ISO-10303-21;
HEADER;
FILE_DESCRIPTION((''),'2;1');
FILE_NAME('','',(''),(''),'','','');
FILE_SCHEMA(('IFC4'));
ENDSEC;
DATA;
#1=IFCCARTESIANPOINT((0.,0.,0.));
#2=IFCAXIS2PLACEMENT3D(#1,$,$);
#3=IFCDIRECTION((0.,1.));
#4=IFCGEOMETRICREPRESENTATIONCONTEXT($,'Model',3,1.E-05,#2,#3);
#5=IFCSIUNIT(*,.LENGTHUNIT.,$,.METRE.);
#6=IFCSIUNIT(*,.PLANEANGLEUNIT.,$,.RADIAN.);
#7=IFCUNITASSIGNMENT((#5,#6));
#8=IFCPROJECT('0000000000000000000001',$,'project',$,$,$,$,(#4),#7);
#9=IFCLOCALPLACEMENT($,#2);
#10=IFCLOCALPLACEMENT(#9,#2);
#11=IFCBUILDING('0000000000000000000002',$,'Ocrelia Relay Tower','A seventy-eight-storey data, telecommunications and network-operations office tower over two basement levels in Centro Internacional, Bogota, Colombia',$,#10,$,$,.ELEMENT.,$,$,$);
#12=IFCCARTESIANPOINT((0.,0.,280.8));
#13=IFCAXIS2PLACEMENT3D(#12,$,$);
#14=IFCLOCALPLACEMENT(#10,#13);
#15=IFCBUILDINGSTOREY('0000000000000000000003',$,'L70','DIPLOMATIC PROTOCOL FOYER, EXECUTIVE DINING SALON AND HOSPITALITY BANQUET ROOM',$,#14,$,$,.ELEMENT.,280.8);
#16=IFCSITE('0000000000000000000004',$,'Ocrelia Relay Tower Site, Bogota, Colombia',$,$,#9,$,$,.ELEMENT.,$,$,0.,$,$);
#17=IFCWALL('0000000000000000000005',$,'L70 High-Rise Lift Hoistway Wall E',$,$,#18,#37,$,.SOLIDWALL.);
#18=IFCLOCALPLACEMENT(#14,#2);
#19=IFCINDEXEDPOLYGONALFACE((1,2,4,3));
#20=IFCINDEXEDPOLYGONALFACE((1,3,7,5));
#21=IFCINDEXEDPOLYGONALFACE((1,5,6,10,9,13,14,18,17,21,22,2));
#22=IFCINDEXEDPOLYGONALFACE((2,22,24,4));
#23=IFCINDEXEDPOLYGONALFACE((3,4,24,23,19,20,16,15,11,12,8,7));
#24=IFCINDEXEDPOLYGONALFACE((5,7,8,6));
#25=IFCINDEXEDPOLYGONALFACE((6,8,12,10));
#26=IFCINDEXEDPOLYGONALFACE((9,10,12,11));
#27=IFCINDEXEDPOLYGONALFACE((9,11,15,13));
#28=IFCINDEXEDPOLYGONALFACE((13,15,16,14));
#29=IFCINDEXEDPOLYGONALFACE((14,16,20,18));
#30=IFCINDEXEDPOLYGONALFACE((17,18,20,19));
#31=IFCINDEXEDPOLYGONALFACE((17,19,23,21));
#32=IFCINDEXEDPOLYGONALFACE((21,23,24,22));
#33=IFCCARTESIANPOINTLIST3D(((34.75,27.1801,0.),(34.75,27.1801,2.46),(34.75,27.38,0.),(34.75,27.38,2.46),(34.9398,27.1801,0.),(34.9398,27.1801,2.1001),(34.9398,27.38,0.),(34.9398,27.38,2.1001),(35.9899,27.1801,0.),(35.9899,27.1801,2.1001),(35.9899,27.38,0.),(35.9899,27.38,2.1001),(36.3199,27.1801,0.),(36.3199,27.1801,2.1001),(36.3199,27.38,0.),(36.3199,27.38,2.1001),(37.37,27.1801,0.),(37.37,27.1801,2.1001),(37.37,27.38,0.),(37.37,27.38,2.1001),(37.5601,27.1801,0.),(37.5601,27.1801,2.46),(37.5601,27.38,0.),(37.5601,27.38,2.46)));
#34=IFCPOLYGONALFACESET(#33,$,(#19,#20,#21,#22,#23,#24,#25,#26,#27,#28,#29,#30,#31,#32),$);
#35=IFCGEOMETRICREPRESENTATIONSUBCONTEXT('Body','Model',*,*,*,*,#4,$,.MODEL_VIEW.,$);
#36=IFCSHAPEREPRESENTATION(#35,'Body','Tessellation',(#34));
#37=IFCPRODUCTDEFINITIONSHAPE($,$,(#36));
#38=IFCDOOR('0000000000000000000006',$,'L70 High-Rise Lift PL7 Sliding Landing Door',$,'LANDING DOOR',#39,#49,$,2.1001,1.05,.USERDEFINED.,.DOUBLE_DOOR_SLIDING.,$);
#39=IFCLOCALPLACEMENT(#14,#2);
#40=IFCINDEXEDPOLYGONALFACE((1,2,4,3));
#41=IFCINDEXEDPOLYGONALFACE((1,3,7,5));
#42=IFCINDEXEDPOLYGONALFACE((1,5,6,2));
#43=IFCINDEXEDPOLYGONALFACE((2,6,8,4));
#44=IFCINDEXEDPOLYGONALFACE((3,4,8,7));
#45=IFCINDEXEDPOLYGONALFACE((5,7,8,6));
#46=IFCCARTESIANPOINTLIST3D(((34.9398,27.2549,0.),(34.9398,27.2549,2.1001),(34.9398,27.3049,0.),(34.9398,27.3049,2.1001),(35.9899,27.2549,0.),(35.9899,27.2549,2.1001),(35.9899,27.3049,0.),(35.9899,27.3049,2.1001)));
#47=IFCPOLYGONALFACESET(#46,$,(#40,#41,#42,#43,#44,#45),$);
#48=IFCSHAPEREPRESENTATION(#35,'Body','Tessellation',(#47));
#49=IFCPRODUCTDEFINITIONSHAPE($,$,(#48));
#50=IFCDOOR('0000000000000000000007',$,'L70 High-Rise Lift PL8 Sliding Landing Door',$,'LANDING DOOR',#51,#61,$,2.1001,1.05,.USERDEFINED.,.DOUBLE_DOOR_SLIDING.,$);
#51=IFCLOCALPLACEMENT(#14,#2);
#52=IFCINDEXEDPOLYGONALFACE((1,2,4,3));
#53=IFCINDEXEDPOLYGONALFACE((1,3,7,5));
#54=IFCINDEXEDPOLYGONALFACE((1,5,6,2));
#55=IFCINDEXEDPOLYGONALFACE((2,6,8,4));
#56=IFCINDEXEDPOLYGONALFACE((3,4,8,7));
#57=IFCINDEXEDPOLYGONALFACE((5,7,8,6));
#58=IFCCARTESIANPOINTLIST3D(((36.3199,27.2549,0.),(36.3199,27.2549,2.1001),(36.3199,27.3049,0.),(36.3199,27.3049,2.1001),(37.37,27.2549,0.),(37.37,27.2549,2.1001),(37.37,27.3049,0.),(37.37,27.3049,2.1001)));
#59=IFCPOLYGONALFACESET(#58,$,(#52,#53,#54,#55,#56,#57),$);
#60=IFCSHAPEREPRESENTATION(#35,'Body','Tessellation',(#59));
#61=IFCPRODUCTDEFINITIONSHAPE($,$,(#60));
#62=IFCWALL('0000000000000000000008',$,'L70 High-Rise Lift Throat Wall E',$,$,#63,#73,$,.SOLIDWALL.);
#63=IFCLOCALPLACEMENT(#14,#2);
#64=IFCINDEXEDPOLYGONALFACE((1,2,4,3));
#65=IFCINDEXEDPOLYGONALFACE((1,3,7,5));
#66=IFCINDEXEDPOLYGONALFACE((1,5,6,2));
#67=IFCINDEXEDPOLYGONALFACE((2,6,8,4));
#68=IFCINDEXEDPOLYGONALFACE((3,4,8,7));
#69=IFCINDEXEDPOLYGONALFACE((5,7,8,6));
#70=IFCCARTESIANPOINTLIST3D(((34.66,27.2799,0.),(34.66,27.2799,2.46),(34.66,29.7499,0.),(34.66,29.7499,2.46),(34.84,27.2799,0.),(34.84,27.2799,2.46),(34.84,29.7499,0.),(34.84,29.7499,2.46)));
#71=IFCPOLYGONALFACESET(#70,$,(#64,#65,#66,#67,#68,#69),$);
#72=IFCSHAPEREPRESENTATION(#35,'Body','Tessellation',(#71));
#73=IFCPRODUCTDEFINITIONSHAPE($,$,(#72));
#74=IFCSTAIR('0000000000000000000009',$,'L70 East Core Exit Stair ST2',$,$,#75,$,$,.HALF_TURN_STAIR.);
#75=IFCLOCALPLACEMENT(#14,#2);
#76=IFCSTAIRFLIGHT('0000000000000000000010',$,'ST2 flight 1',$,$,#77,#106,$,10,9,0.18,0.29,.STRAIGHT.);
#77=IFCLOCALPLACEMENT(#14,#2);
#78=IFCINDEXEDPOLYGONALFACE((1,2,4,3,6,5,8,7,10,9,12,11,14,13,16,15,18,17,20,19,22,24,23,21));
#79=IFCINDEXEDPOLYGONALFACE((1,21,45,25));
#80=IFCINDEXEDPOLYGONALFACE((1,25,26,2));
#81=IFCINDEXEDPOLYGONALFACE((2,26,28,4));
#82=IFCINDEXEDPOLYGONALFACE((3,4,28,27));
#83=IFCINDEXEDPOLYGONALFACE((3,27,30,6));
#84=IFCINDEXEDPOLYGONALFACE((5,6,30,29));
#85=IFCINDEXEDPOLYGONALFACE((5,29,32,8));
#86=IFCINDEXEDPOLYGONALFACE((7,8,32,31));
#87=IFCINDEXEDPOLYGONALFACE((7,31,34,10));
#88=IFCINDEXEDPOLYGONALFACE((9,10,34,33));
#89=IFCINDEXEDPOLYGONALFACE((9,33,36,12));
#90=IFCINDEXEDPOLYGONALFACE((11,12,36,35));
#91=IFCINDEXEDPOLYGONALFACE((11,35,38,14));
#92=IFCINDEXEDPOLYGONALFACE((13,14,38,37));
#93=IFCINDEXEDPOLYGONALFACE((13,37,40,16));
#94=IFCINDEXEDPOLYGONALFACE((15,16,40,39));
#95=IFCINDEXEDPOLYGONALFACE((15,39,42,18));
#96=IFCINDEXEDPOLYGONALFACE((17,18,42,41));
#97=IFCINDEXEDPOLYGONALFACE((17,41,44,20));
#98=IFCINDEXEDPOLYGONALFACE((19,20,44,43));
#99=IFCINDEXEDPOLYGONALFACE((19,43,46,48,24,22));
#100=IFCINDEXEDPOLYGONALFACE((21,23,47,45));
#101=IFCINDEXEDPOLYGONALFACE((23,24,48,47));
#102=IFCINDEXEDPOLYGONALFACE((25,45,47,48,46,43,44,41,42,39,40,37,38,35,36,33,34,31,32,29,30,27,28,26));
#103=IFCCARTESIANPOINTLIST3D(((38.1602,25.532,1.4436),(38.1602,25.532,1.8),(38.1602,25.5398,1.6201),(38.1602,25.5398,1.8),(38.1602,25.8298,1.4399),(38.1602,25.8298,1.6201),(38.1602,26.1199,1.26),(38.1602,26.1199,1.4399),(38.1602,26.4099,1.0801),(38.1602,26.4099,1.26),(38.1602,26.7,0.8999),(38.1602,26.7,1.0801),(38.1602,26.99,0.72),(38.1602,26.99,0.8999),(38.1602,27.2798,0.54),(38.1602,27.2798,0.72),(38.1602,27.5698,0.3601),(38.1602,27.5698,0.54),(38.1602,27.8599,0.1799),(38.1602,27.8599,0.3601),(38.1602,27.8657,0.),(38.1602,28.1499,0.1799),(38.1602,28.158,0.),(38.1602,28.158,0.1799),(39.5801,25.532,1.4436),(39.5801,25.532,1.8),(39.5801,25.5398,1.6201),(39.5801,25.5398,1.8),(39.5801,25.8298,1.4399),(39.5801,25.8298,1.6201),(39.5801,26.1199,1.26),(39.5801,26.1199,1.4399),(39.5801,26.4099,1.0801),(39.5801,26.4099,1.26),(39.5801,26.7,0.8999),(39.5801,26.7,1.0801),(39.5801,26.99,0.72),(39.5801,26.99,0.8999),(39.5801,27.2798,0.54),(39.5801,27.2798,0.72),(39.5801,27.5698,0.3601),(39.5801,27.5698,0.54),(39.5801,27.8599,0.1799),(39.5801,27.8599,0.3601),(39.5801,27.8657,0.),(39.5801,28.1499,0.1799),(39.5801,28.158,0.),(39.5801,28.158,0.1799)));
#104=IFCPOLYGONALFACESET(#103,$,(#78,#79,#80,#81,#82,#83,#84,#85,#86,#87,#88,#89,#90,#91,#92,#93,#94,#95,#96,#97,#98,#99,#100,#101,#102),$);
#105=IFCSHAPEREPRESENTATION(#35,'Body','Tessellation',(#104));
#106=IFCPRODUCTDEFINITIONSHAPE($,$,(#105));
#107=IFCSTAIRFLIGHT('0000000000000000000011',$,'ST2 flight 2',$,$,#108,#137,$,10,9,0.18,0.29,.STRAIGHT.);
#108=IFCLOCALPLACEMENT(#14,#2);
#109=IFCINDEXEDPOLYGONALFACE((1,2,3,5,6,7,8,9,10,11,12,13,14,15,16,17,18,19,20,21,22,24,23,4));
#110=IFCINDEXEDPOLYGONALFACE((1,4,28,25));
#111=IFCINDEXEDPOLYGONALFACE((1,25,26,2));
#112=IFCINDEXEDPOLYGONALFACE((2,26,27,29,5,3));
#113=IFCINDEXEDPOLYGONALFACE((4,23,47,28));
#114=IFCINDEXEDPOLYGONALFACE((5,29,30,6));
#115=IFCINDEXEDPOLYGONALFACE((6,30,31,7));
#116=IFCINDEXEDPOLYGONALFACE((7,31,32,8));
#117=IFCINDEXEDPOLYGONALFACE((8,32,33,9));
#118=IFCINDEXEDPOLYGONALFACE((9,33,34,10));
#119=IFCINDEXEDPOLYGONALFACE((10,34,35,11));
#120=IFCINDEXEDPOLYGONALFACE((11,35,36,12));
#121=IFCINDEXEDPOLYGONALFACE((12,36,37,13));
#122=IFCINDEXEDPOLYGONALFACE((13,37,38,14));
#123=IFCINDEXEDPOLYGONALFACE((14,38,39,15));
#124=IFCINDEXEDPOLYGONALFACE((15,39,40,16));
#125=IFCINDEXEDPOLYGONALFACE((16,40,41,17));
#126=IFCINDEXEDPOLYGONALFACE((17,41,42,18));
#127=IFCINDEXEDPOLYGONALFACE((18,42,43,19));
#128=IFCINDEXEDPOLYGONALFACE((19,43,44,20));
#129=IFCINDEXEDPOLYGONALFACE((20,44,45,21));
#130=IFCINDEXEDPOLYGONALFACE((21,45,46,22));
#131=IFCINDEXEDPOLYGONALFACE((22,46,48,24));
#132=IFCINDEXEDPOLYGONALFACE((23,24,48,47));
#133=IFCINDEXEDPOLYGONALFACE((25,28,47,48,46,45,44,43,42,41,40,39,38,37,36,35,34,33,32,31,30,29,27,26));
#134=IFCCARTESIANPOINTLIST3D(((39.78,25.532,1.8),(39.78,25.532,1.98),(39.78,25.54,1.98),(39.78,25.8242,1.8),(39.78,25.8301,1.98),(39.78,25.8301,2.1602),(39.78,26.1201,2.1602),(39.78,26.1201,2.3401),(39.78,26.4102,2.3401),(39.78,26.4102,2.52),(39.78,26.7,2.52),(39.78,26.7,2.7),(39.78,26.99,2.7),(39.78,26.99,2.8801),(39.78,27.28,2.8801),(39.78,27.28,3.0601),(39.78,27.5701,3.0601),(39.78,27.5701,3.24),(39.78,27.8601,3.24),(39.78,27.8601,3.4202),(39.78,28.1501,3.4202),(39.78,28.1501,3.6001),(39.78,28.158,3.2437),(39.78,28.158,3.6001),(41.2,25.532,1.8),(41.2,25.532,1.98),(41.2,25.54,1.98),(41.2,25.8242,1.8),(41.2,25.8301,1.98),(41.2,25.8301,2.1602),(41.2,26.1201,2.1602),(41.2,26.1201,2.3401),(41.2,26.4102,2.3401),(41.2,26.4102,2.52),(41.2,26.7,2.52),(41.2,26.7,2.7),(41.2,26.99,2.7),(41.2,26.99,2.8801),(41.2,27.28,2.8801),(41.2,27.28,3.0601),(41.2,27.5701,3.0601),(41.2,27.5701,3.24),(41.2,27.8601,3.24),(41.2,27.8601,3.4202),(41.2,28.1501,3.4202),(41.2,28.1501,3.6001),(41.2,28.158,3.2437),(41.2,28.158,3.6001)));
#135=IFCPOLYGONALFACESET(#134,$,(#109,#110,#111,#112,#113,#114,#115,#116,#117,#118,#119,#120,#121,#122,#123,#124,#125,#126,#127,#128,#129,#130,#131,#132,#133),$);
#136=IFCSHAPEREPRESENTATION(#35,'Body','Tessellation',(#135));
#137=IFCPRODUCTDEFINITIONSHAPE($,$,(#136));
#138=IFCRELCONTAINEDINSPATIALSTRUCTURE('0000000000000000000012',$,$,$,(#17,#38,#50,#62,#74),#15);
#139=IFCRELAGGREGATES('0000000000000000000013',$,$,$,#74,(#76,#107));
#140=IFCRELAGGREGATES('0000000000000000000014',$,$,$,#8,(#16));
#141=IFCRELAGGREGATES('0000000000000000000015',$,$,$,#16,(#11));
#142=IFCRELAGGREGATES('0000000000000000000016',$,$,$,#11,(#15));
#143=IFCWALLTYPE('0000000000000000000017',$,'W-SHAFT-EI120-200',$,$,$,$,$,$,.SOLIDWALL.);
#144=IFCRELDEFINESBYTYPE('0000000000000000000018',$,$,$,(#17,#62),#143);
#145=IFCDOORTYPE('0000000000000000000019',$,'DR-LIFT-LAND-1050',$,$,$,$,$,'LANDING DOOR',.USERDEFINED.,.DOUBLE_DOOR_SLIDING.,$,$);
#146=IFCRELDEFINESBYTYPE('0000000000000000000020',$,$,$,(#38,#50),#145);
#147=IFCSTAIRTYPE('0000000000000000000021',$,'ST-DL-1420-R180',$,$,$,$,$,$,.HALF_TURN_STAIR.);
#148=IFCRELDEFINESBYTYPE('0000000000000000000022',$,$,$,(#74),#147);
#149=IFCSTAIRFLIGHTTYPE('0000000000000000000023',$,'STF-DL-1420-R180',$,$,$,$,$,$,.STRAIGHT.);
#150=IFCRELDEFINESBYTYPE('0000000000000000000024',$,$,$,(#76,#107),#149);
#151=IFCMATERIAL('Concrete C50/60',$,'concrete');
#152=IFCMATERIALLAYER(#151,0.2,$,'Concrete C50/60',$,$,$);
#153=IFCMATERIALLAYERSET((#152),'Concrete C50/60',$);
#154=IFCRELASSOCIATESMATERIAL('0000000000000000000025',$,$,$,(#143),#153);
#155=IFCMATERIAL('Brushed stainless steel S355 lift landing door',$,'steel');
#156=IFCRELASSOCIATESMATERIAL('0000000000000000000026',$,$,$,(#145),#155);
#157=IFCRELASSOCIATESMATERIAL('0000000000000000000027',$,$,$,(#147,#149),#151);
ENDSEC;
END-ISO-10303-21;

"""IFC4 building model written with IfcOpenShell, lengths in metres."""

from ifc_helpers import new_model, si_unit, direction, frame, frame_2d, origin, place, context, subcontext, project, spatial, polyline, rectangle, outline, extrude, material, layer, layer_set, type_object, element, fill, aggregate, save


model = new_model("IFC4")

# Units and contexts
model_context = context("Model", 3, precision=1e-05, world=origin(), true_north=direction((0.0, 1.0)))
body_context = subcontext(model_context, "Body", "Model", "MODEL_VIEW")
ifc_project = project(units=[si_unit("LENGTHUNIT", "METRE"), si_unit("PLANEANGLEUNIT", "RADIAN")], contexts=[model_context])

# Site, building, storey
site_placement = place(None, origin())
site = spatial("IfcSite", under=ifc_project, at=site_placement, Name="Ocrelia Relay Tower Site, Bogota, Colombia", CompositionType="ELEMENT", RefElevation=0.0)
building_placement = place(site_placement, origin())
building = spatial("IfcBuilding", under=site, at=building_placement, Name="Ocrelia Relay Tower", Description="A seventy-eight-storey data, telecommunications and network-operations office tower over two basement levels in Centro Internacional, Bogota, Colombia", CompositionType="ELEMENT")
storey_placement = place(building_placement, frame((0.0, 0.0, 280.8)))
storey = spatial("IfcBuildingStorey", under=building, at=storey_placement, Name="L70", Description="DIPLOMATIC PROTOCOL FOYER, EXECUTIVE DINING SALON AND HOSPITALITY BANQUET ROOM", CompositionType="ELEMENT", Elevation=280.8)

# Shared definitions
ifc_material_1 = material(Name="Concrete C50/60", Category="concrete")
ifc_layer_1 = layer(ifc_material_1, 0.2, Name="Concrete C50/60")
ifc_layer_set_1 = layer_set([ifc_layer_1], Name="Concrete C50/60")
wall_type_1 = type_object("IfcWallType", Name="W-SHAFT-EI120-200", PredefinedType="SOLIDWALL", material=ifc_layer_set_1)

# Wall, openings, doors
wall_1_placement = place(storey_placement, frame((34.75, 27.28, 0.0), z_axis=(0.0, 0.0, 1.0), x_axis=(1.0, 0.0, 0.0)))
wall_1 = element("IfcWall", 1, at=wall_1_placement, inside=storey, type_object=wall_type_1, Name="L70 High-Rise Lift Hoistway Wall E", PredefinedType="SOLIDWALL", context=body_context, shape_type="SweptSolid", body=[
    extrude(rectangle(XDim=2.8101, YDim=0.2, at=frame_2d((1.405, 0.0))), origin(), (0.0, 0.0, 1.0), 2.46),
])
opening_1_placement = place(wall_1_placement, frame((0.1899, 0.0, 0.0)))
opening_1 = element("IfcOpeningElement", 2, at=opening_1_placement, cuts=wall_1, PredefinedType="OPENING", context=body_context, shape_type="SweptSolid", body=[
    extrude(rectangle(XDim=1.05, YDim=2.1001, at=frame_2d((0.5249, 1.05))), frame((0.0, 0.1099, 0.0), z_axis=(0.0, -1.0, 0.0), x_axis=(1.0, 0.0, 0.0)), (0.0, 0.0, 1.0), 0.22),
])
opening_2_placement = place(wall_1_placement, frame((1.5701, 0.0, 0.0)))
opening_2 = element("IfcOpeningElement", 3, at=opening_2_placement, cuts=wall_1, PredefinedType="OPENING", context=body_context, shape_type="SweptSolid", body=[
    extrude(rectangle(XDim=1.05, YDim=2.1001, at=frame_2d((0.5249, 1.05))), frame((0.0, 0.1099, 0.0), z_axis=(0.0, -1.0, 0.0), x_axis=(1.0, 0.0, 0.0)), (0.0, 0.0, 1.0), 0.22),
])
ifc_material_2 = material(Name="Brushed stainless steel S355 lift landing door", Category="steel")
door_type = type_object("IfcDoorType", Name="DR-LIFT-LAND-1050", ElementType="LANDING DOOR", OperationType="DOUBLE_DOOR_SLIDING", PredefinedType="USERDEFINED", material=ifc_material_2)
door_1_placement = place(opening_1_placement, origin())
door_1 = element("IfcDoor", 4, at=door_1_placement, inside=storey, type_object=door_type, Name="L70 High-Rise Lift PL7 Sliding Landing Door", ObjectType="LANDING DOOR", OperationType="DOUBLE_DOOR_SLIDING", OverallHeight=2.1001, OverallWidth=1.05, PredefinedType="USERDEFINED", context=body_context, shape_type="SweptSolid", body=[
    extrude(rectangle(XDim=1.05, YDim=2.1001, at=frame_2d((0.5249, 1.05))), frame((0.0, 0.0249, 0.0), z_axis=(0.0, -1.0, 0.0), x_axis=(1.0, 0.0, 0.0)), (0.0, 0.0, 1.0), 0.05),
])
fill(opening_1, door_1)
door_2_placement = place(opening_2_placement, origin())
door_2 = element("IfcDoor", 5, at=door_2_placement, inside=storey, type_object=door_type, Name="L70 High-Rise Lift PL8 Sliding Landing Door", ObjectType="LANDING DOOR", OperationType="DOUBLE_DOOR_SLIDING", OverallHeight=2.1001, OverallWidth=1.05, PredefinedType="USERDEFINED", context=body_context, shape_type="SweptSolid", body=[
    extrude(rectangle(XDim=1.05, YDim=2.1001, at=frame_2d((0.5249, 1.05))), frame((0.0, 0.0249, 0.0), z_axis=(0.0, -1.0, 0.0), x_axis=(1.0, 0.0, 0.0)), (0.0, 0.0, 1.0), 0.05),
])
fill(opening_2, door_2)

# Wall
wall_2_placement = place(storey_placement, frame((34.75, 27.28, 0.0), z_axis=(0.0, 0.0, 1.0), x_axis=(0.0, 1.0, 0.0)))
element("IfcWall", 6, at=wall_2_placement, inside=storey, type_object=wall_type_1, Name="L70 High-Rise Lift Throat Wall E", PredefinedType="SOLIDWALL", context=body_context, shape_type="SweptSolid", body=[
    extrude(rectangle(XDim=2.47, YDim=0.1799, at=frame_2d((1.2349, 0.0))), origin(), (0.0, 0.0, 1.0), 2.46),
])

# Stair, stair flights
stair_type = type_object("IfcStairType", Name="ST-DL-1420-R180", PredefinedType="HALF_TURN_STAIR", material=ifc_material_1)
stair_placement = place(storey_placement, origin())
stair = element("IfcStair", 7, at=stair_placement, inside=storey, type_object=stair_type, Name="L70 East Core Exit Stair ST2", PredefinedType="HALF_TURN_STAIR")
stair_flight_type = type_object("IfcStairFlightType", Name="STF-DL-1420-R180", PredefinedType="STRAIGHT", material=ifc_material_1)
stair_flight_1_placement = place(storey_placement, frame((38.8701, 28.1499, 0.0), z_axis=(0.0, 0.0, 1.0), x_axis=(0.0, -1.0, 0.0)))
stair_flight_1 = element("IfcStairFlight", 8, at=stair_flight_1_placement, type_object=stair_flight_type, Name="ST2 flight 1", NumberOfRisers=10, NumberOfTreads=9, PredefinedType="STRAIGHT", RiserHeight=0.18, TreadLength=0.29, context=body_context, shape_type="SweptSolid", body=[
    extrude(outline(polyline([(-0.0081, 0.0), (-0.0081, 0.1799), (0.0, 0.1799), (0.29, 0.1799), (0.29, 0.3601), (0.5801, 0.3601), (0.5801, 0.54), (0.8701, 0.54), (0.8701, 0.72), (1.1599, 0.72), (1.1599, 0.8999), (1.45, 0.8999), (1.45, 1.0801), (1.74, 1.0801), (1.74, 1.26), (2.03, 1.26), (2.03, 1.4399), (2.3201, 1.4399), (2.3201, 1.6201), (2.6101, 1.6201), (2.6101, 1.8), (2.6179, 1.8), (2.6179, 1.4436), (0.2842, 0.0), (-0.0081, 0.0)])), frame((0.0, 0.71, 0.0), z_axis=(0.0, -1.0, 0.0), x_axis=(1.0, 0.0, 0.0)), (0.0, 0.0, 1.0), 1.4199),
])
stair_flight_2_placement = place(storey_placement, frame((40.49, 25.54, 1.8), z_axis=(0.0, 0.0, 1.0), x_axis=(0.0, 1.0, 0.0)))
stair_flight_2 = element("IfcStairFlight", 9, at=stair_flight_2_placement, type_object=stair_flight_type, Name="ST2 flight 2", NumberOfRisers=10, NumberOfTreads=9, PredefinedType="STRAIGHT", RiserHeight=0.18, TreadLength=0.29, context=body_context, shape_type="SweptSolid", body=[
    extrude(outline(polyline([(-0.0081, 0.0), (-0.0081, 0.1799), (0.0, 0.1799), (0.29, 0.1799), (0.29, 0.3601), (0.5801, 0.3601), (0.5801, 0.54), (0.8701, 0.54), (0.8701, 0.72), (1.1599, 0.72), (1.1599, 0.8999), (1.45, 0.8999), (1.45, 1.0801), (1.74, 1.0801), (1.74, 1.26), (2.03, 1.26), (2.03, 1.4399), (2.3201, 1.4399), (2.3201, 1.6201), (2.6101, 1.6201), (2.6101, 1.8), (2.6179, 1.8), (2.6179, 1.4436), (0.2842, 0.0), (-0.0081, 0.0)])), frame((0.0, 0.71, 0.0), z_axis=(0.0, -1.0, 0.0), x_axis=(1.0, 0.0, 0.0)), (0.0, 0.0, 1.0), 1.4199),
])
aggregate(stair, [stair_flight_1, stair_flight_2])

save(model, "model.ifc")
